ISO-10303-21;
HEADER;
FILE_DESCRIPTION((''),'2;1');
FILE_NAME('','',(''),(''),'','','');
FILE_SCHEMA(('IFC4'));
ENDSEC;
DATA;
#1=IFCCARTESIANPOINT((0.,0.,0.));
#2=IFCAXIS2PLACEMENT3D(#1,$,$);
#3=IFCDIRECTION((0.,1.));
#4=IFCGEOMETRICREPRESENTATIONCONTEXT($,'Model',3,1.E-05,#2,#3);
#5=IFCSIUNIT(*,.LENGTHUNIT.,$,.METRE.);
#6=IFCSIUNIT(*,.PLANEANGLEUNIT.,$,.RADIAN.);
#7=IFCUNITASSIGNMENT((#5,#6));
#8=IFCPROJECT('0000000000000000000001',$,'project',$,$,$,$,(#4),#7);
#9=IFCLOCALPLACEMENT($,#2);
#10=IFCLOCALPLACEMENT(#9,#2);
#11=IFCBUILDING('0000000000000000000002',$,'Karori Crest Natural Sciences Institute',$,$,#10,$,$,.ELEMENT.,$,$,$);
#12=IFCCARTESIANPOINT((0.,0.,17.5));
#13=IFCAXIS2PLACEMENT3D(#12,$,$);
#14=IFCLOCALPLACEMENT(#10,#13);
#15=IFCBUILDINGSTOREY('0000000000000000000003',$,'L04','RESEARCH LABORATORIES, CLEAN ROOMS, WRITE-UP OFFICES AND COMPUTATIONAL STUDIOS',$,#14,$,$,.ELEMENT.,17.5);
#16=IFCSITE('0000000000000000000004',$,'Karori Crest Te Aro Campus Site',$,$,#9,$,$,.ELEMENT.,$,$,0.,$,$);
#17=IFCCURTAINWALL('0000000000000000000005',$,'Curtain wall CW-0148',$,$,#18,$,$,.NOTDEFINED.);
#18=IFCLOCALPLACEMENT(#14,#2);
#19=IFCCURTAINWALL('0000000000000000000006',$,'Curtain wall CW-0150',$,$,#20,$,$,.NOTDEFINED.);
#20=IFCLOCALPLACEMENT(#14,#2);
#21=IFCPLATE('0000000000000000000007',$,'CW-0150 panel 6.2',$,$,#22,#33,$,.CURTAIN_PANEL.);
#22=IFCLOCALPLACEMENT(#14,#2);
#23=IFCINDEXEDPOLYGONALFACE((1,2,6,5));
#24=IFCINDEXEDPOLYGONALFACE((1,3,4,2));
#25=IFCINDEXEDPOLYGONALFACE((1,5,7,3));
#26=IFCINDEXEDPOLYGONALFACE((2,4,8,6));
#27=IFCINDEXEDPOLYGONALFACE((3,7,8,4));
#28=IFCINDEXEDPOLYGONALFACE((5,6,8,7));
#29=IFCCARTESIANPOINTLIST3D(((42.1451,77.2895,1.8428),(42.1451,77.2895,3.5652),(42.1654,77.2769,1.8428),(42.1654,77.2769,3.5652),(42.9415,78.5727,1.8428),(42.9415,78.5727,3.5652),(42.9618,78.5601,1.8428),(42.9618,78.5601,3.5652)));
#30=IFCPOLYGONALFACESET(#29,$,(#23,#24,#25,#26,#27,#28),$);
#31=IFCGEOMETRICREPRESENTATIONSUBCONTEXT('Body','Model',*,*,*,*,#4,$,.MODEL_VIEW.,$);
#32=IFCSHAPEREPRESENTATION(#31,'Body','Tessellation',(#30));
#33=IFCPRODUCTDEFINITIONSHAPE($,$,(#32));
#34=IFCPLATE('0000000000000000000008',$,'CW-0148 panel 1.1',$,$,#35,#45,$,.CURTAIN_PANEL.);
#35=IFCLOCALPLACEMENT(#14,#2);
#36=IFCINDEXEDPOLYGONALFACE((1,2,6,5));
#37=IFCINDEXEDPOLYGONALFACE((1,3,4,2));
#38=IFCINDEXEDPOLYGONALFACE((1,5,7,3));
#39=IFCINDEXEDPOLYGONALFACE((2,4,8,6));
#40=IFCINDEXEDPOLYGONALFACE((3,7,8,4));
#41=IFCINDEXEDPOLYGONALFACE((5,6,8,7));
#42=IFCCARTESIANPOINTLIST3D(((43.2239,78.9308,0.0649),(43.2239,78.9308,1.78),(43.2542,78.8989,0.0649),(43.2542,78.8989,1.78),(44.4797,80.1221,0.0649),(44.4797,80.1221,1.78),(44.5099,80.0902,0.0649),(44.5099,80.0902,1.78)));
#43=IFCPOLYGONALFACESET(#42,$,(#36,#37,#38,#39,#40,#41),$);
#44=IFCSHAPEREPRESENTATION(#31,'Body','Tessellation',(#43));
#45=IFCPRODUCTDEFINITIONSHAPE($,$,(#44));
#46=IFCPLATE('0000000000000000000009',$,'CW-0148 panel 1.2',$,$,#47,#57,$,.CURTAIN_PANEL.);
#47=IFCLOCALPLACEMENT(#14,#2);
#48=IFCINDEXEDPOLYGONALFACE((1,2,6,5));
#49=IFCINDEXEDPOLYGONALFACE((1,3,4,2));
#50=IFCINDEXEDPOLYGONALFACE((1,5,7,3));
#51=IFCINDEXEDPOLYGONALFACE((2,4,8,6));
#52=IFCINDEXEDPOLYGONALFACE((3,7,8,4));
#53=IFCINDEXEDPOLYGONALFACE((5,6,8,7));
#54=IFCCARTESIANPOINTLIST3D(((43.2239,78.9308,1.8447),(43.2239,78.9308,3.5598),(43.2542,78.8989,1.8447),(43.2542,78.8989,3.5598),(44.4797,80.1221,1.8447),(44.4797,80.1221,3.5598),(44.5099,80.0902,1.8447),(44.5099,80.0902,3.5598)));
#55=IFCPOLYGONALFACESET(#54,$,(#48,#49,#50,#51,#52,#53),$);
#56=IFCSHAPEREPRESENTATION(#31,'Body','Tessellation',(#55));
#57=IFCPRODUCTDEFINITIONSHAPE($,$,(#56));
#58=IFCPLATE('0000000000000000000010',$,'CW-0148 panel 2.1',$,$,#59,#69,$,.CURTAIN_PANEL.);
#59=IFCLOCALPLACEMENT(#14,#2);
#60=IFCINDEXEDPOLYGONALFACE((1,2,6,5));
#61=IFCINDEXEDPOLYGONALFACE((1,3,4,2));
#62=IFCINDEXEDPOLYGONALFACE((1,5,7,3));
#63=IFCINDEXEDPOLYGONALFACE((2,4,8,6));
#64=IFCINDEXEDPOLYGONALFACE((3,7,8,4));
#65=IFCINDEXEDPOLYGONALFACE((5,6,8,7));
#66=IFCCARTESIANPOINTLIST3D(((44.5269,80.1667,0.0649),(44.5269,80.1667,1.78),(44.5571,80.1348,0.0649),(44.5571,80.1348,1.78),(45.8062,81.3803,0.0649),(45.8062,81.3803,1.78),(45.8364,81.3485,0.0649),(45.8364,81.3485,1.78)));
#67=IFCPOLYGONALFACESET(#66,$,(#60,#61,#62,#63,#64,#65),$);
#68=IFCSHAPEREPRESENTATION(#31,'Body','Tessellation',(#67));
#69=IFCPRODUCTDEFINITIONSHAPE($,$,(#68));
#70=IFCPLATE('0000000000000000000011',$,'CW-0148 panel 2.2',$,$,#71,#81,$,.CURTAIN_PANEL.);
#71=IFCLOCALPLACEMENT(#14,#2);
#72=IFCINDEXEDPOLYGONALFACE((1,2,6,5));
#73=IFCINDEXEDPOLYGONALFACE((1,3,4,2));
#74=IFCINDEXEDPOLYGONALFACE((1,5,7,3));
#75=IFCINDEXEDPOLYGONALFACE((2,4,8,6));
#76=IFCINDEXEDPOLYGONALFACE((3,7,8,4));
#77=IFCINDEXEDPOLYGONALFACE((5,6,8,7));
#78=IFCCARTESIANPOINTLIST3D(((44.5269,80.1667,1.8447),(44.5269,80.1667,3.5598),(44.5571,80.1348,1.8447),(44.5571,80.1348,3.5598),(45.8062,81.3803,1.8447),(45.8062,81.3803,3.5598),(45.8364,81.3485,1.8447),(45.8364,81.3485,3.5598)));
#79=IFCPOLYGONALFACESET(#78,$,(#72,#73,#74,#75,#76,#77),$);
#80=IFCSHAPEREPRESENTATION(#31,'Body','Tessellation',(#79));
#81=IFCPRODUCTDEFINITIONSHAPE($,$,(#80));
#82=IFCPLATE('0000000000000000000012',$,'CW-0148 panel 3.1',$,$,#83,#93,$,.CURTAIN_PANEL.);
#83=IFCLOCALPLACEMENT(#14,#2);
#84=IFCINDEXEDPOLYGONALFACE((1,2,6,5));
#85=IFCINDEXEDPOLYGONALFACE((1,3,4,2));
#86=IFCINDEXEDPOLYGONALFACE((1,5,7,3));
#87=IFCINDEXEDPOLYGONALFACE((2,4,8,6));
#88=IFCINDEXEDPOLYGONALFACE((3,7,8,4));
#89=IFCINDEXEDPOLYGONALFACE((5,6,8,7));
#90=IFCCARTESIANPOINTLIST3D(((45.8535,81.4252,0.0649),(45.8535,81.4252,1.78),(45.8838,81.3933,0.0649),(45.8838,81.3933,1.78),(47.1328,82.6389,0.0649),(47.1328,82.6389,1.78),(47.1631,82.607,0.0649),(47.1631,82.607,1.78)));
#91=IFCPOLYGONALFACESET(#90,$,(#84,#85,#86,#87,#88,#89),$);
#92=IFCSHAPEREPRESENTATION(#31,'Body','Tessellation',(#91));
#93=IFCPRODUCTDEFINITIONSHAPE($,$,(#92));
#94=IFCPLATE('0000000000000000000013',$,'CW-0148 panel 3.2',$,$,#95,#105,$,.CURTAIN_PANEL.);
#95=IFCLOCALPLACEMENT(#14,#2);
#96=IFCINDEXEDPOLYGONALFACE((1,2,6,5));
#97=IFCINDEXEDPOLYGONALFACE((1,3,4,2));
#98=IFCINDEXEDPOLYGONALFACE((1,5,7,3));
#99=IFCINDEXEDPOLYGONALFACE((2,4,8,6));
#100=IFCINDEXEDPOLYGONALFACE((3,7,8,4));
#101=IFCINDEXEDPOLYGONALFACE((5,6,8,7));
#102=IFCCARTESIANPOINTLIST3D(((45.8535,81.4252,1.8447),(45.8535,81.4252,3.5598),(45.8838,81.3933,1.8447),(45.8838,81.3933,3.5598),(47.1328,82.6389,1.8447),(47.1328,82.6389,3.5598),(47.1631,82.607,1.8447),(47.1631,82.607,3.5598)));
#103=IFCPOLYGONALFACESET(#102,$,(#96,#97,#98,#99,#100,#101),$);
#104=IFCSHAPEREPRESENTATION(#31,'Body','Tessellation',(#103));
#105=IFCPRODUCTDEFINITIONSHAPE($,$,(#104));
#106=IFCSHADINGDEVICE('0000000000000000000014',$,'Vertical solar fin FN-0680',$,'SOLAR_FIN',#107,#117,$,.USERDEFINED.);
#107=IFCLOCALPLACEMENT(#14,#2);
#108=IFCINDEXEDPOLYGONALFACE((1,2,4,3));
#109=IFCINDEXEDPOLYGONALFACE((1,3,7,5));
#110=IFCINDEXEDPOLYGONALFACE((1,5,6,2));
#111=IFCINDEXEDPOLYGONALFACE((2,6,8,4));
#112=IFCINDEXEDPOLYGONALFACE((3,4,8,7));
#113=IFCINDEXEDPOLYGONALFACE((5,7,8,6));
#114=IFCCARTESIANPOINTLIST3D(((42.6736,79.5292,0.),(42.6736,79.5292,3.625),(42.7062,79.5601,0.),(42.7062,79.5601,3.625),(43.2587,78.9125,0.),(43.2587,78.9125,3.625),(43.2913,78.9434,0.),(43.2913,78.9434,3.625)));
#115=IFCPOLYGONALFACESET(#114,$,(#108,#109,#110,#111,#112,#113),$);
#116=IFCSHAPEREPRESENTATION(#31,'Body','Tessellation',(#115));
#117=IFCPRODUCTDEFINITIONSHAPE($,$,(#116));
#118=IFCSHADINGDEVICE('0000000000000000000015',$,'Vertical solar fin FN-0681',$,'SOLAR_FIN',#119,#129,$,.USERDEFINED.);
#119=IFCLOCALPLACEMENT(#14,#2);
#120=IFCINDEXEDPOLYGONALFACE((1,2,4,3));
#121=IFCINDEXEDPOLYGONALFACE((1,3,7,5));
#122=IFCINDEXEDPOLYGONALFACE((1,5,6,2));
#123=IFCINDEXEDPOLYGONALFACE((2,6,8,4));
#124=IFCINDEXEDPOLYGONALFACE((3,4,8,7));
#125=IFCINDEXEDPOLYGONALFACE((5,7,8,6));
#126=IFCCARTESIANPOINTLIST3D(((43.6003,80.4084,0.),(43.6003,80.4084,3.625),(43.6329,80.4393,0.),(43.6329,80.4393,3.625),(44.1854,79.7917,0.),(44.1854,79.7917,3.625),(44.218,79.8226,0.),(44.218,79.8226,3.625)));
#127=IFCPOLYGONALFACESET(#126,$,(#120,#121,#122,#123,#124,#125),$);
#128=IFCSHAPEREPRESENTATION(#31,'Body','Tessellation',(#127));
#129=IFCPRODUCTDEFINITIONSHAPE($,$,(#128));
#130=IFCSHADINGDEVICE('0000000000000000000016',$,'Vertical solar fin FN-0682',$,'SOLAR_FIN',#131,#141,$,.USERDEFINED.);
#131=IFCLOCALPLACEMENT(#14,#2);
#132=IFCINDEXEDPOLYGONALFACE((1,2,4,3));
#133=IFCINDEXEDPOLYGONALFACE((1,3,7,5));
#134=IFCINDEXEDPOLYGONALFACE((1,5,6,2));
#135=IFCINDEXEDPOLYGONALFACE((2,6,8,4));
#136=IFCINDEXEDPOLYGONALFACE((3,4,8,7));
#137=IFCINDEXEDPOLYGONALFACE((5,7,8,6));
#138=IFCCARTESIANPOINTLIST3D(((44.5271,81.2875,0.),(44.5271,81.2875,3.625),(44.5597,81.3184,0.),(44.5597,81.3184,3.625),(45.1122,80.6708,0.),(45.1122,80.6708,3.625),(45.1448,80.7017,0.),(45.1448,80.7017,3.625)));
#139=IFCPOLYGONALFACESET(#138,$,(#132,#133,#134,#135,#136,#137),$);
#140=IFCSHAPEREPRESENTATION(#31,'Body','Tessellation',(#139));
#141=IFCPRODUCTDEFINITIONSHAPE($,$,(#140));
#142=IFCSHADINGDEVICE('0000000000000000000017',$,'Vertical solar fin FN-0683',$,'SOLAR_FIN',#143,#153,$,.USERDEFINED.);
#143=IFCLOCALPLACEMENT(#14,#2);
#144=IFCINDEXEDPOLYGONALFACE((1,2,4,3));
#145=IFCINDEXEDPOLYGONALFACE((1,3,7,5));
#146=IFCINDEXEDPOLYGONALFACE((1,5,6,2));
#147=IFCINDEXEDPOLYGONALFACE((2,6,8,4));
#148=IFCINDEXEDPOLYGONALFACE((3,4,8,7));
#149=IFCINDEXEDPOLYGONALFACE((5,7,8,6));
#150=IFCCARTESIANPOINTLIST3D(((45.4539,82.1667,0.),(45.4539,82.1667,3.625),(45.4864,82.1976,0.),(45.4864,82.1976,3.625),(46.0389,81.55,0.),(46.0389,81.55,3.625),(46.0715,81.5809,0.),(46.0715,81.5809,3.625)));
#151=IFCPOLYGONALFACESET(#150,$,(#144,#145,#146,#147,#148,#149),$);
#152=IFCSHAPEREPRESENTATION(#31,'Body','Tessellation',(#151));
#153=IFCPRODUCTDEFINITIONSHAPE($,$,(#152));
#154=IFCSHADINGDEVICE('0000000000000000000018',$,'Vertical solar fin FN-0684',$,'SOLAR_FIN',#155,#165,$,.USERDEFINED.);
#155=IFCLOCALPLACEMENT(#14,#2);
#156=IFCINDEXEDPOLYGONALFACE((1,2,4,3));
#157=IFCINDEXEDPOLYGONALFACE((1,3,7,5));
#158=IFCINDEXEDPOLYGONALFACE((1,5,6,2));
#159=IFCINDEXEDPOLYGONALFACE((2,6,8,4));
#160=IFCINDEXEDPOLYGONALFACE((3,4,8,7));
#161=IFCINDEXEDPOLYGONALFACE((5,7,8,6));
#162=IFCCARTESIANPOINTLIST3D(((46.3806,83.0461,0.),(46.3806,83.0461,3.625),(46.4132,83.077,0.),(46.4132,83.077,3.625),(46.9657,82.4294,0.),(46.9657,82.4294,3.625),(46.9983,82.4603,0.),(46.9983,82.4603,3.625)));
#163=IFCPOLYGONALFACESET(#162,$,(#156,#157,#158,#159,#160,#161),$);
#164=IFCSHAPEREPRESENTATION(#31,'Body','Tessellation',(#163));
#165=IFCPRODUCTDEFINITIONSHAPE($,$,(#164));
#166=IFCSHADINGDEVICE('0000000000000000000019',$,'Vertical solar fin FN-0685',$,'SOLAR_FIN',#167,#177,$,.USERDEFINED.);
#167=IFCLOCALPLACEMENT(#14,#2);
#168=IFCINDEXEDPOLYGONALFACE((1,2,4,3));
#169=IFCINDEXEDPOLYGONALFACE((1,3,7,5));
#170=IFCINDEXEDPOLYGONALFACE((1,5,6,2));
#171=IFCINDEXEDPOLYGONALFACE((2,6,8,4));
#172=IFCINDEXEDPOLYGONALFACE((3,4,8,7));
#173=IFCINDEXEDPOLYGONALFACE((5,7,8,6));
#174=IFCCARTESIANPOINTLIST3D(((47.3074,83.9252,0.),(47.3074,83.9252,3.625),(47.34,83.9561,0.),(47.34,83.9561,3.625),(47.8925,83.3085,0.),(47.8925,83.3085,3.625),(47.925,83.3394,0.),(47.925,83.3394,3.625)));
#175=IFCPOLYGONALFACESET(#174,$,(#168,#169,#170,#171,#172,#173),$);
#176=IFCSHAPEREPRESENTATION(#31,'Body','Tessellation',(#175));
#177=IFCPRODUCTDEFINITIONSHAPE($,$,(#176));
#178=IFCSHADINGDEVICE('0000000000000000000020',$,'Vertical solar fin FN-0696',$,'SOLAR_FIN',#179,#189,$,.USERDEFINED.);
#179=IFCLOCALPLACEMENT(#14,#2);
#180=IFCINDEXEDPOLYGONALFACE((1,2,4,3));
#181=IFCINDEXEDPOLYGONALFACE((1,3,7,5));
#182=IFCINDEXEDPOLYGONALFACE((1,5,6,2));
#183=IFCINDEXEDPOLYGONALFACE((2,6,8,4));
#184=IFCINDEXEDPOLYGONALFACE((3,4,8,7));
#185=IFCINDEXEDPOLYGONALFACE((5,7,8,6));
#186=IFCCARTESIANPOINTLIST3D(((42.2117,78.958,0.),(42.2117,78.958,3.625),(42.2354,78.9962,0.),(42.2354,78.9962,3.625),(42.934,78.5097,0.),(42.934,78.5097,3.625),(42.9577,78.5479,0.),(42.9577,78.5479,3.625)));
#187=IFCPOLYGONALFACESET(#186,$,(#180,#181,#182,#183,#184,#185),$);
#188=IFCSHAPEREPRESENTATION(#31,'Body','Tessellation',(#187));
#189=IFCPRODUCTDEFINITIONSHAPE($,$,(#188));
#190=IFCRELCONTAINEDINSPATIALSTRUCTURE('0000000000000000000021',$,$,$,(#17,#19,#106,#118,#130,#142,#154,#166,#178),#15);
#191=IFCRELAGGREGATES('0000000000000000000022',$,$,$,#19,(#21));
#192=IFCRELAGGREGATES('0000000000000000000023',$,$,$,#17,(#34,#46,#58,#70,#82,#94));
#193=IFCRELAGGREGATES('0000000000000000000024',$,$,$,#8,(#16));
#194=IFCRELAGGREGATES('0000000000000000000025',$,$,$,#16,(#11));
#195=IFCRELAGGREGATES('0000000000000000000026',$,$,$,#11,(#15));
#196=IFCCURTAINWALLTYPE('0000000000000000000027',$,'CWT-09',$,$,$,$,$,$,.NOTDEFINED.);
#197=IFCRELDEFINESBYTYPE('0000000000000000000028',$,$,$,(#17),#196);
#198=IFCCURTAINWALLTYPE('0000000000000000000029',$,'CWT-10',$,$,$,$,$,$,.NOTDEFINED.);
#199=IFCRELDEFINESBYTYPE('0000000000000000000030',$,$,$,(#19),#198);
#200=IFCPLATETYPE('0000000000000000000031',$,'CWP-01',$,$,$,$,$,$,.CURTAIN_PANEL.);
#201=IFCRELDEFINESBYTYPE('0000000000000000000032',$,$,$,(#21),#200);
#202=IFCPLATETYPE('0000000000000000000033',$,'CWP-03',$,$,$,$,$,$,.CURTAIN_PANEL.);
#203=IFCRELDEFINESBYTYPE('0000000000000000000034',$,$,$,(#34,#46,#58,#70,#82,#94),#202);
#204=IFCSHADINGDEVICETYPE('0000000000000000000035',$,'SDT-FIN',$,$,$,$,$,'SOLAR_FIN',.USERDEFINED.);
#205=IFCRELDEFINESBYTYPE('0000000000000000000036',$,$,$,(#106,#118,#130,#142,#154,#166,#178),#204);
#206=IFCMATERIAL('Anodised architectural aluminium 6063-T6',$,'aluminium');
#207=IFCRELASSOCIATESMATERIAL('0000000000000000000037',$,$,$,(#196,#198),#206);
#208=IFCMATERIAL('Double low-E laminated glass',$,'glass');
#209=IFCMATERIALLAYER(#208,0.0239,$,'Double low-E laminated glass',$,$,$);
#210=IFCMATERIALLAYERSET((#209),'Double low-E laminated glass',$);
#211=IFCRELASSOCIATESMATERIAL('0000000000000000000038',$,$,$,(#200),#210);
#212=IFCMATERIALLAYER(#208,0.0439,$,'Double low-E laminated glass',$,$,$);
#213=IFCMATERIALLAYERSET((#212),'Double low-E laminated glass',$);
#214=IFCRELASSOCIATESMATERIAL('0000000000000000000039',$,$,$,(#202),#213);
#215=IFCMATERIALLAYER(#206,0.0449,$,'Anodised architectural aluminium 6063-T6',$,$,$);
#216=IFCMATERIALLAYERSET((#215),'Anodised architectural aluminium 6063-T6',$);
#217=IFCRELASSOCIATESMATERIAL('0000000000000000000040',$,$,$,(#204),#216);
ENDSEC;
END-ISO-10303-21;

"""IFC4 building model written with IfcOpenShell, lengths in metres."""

from ifc_helpers import new_model, si_unit, direction, frame, origin, origin_2d, place, context, subcontext, project, spatial, rectangle, extrude, material, layer, layer_set, type_object, element, aggregate, save


model = new_model("IFC4")

# Units and contexts
model_context = context("Model", 3, precision=1e-05, world=origin(), true_north=direction((0.0, 1.0)))
body_context = subcontext(model_context, "Body", "Model", "MODEL_VIEW")
ifc_project = project(units=[si_unit("LENGTHUNIT", "METRE"), si_unit("PLANEANGLEUNIT", "RADIAN")], contexts=[model_context])

# Site, building, storey
site_placement = place(None, origin())
site = spatial("IfcSite", under=ifc_project, at=site_placement, Name="Karori Crest Te Aro Campus Site", CompositionType="ELEMENT", RefElevation=0.0)
building_placement = place(site_placement, origin())
building = spatial("IfcBuilding", under=site, at=building_placement, Name="Karori Crest Natural Sciences Institute", CompositionType="ELEMENT")
storey_placement = place(building_placement, frame((0.0, 0.0, 17.5)))
storey = spatial("IfcBuildingStorey", under=building, at=storey_placement, Name="L04", Description="RESEARCH LABORATORIES, CLEAN ROOMS, WRITE-UP OFFICES AND COMPUTATIONAL STUDIOS", CompositionType="ELEMENT", Elevation=17.5)

# Curtain wall
ifc_material_1 = material(Name="Anodised architectural aluminium 6063-T6", Category="aluminium")
curtain_wall_type_1 = type_object("IfcCurtainWallType", Name="CWT-09", PredefinedType="NOTDEFINED", material=ifc_material_1)
curtain_wall_1_placement = place(storey_placement, origin())
curtain_wall_1 = element("IfcCurtainWall", 1, at=curtain_wall_1_placement, inside=storey, type_object=curtain_wall_type_1, Name="Curtain wall CW-0148", PredefinedType="NOTDEFINED")

# Curtain wall
curtain_wall_type_2 = type_object("IfcCurtainWallType", Name="CWT-10", PredefinedType="NOTDEFINED", material=ifc_material_1)
curtain_wall_2_placement = place(storey_placement, origin())
curtain_wall_2 = element("IfcCurtainWall", 2, at=curtain_wall_2_placement, inside=storey, type_object=curtain_wall_type_2, Name="Curtain wall CW-0150", PredefinedType="NOTDEFINED")

# Plates
ifc_material_2 = material(Name="Double low-E laminated glass", Category="glass")
ifc_layer_1 = layer(ifc_material_2, 0.0239, Name="Double low-E laminated glass")
ifc_layer_set_1 = layer_set([ifc_layer_1], Name="Double low-E laminated glass")
plate_type_1 = type_object("IfcPlateType", Name="CWP-01", PredefinedType="CURTAIN_PANEL", material=ifc_layer_set_1)
plate_1_placement = place(storey_placement, frame((42.5535, 77.9248, 1.8428), z_axis=(0.0, 0.0, 1.0), x_axis=(0.527324, 0.849664, 0.0)))
plate_1 = element("IfcPlate", 3, at=plate_1_placement, type_object=plate_type_1, Name="CW-0150 panel 6.2", PredefinedType="CURTAIN_PANEL", context=body_context, shape_type="SweptSolid", body=[
    extrude(rectangle(XDim=1.5103, YDim=0.0239, at=origin_2d()), origin(), (0.0, 0.0, 1.0), 1.7224),
])
aggregate(curtain_wall_2, [plate_1])
ifc_layer_2 = layer(ifc_material_2, 0.0439, Name="Double low-E laminated glass")
ifc_layer_set_2 = layer_set([ifc_layer_2], Name="Double low-E laminated glass")
plate_type_2 = type_object("IfcPlateType", Name="CWP-03", PredefinedType="CURTAIN_PANEL", material=ifc_layer_set_2)
plate_2_placement = place(storey_placement, frame((43.8669, 79.5105, 0.0649), z_axis=(0.0, 0.0, 1.0), x_axis=(0.725473, 0.688251, 0.0)))
plate_2 = element("IfcPlate", 4, at=plate_2_placement, type_object=plate_type_2, Name="CW-0148 panel 1.1", PredefinedType="CURTAIN_PANEL", context=body_context, shape_type="SweptSolid", body=[
    extrude(rectangle(XDim=1.731, YDim=0.0439, at=origin_2d()), origin(), (0.0, 0.0, 1.0), 1.7151),
])
plate_3_placement = place(storey_placement, frame((43.8669, 79.5105, 1.8447), z_axis=(0.0, 0.0, 1.0), x_axis=(0.725473, 0.688251, 0.0)))
plate_3 = element("IfcPlate", 5, at=plate_3_placement, type_object=plate_type_2, Name="CW-0148 panel 1.2", PredefinedType="CURTAIN_PANEL", context=body_context, shape_type="SweptSolid", body=[
    extrude(rectangle(XDim=1.731, YDim=0.0439, at=origin_2d()), origin(), (0.0, 0.0, 1.0), 1.7151),
])
plate_4_placement = place(storey_placement, frame((45.1816, 80.7576, 0.0649), z_axis=(0.0, 0.0, 1.0), x_axis=(0.725473, 0.688251, 0.0)))
plate_4 = element("IfcPlate", 6, at=plate_4_placement, type_object=plate_type_2, Name="CW-0148 panel 2.1", PredefinedType="CURTAIN_PANEL", context=body_context, shape_type="SweptSolid", body=[
    extrude(rectangle(XDim=1.7634, YDim=0.0439, at=origin_2d()), origin(), (0.0, 0.0, 1.0), 1.7151),
])
plate_5_placement = place(storey_placement, frame((45.1816, 80.7576, 1.8447), z_axis=(0.0, 0.0, 1.0), x_axis=(0.725473, 0.688251, 0.0)))
plate_5 = element("IfcPlate", 7, at=plate_5_placement, type_object=plate_type_2, Name="CW-0148 panel 2.2", PredefinedType="CURTAIN_PANEL", context=body_context, shape_type="SweptSolid", body=[
    extrude(rectangle(XDim=1.7634, YDim=0.0439, at=origin_2d()), origin(), (0.0, 0.0, 1.0), 1.7151),
])
plate_6_placement = place(storey_placement, frame((46.5083, 82.0161, 0.0649), z_axis=(0.0, 0.0, 1.0), x_axis=(0.725473, 0.688251, 0.0)))
plate_6 = element("IfcPlate", 8, at=plate_6_placement, type_object=plate_type_2, Name="CW-0148 panel 3.1", PredefinedType="CURTAIN_PANEL", context=body_context, shape_type="SweptSolid", body=[
    extrude(rectangle(XDim=1.7634, YDim=0.0439, at=origin_2d()), origin(), (0.0, 0.0, 1.0), 1.7151),
])
plate_7_placement = place(storey_placement, frame((46.5083, 82.0161, 1.8447), z_axis=(0.0, 0.0, 1.0), x_axis=(0.725473, 0.688251, 0.0)))
plate_7 = element("IfcPlate", 9, at=plate_7_placement, type_object=plate_type_2, Name="CW-0148 panel 3.2", PredefinedType="CURTAIN_PANEL", context=body_context, shape_type="SweptSolid", body=[
    extrude(rectangle(XDim=1.7634, YDim=0.0439, at=origin_2d()), origin(), (0.0, 0.0, 1.0), 1.7151),
])
aggregate(curtain_wall_1, [plate_2, plate_3, plate_4, plate_5, plate_6, plate_7])

# Shading devices
ifc_layer_3 = layer(ifc_material_1, 0.0449, Name="Anodised architectural aluminium 6063-T6")
ifc_layer_set_3 = layer_set([ifc_layer_3], Name="Anodised architectural aluminium 6063-T6")
shading_device_type = type_object("IfcShadingDeviceType", Name="SDT-FIN", ElementType="SOLAR_FIN", PredefinedType="USERDEFINED", material=ifc_layer_set_3)
for number, where, z_axis, x_axis, name in (
    (10, (42.9824, 79.2363, 0.0), (0.0, 0.0, 1.0), (-0.688251, 0.725473, 0.0), "Vertical solar fin FN-0680"),
    (11, (43.9092, 80.1155, 0.0), (0.0, 0.0, 1.0), (-0.688251, 0.725473, 0.0), "Vertical solar fin FN-0681"),
    (12, (44.8359, 80.9946, 0.0), (0.0, 0.0, 1.0), (-0.688251, 0.725473, 0.0), "Vertical solar fin FN-0682"),
    (13, (45.7627, 81.8738, 0.0), (0.0, 0.0, 1.0), (-0.688251, 0.725473, 0.0), "Vertical solar fin FN-0683"),
    (14, (46.6895, 82.7532, 0.0), (0.0, 0.0, 1.0), (-0.688251, 0.725473, 0.0), "Vertical solar fin FN-0684"),
    (15, (47.6162, 83.6323, 0.0), (0.0, 0.0, 1.0), (-0.688251, 0.725473, 0.0), "Vertical solar fin FN-0685"),
    (16, (42.5847, 78.7529, 0.0), (0.0, 0.0, 1.0), (-0.849665, 0.527324, 0.0), "Vertical solar fin FN-0696"),
):
    element("IfcShadingDevice", number, at=place(storey_placement, frame(where, z_axis=z_axis, x_axis=x_axis)), inside=storey, type_object=shading_device_type, Name=name, ObjectType="SOLAR_FIN", PredefinedType="USERDEFINED", context=body_context, shape_type="SweptSolid", body=[
        extrude(rectangle(XDim=0.8501, YDim=0.0449, at=origin_2d()), origin(), (0.0, 0.0, 1.0), 3.625),
    ])

save(model, "model.ifc")
